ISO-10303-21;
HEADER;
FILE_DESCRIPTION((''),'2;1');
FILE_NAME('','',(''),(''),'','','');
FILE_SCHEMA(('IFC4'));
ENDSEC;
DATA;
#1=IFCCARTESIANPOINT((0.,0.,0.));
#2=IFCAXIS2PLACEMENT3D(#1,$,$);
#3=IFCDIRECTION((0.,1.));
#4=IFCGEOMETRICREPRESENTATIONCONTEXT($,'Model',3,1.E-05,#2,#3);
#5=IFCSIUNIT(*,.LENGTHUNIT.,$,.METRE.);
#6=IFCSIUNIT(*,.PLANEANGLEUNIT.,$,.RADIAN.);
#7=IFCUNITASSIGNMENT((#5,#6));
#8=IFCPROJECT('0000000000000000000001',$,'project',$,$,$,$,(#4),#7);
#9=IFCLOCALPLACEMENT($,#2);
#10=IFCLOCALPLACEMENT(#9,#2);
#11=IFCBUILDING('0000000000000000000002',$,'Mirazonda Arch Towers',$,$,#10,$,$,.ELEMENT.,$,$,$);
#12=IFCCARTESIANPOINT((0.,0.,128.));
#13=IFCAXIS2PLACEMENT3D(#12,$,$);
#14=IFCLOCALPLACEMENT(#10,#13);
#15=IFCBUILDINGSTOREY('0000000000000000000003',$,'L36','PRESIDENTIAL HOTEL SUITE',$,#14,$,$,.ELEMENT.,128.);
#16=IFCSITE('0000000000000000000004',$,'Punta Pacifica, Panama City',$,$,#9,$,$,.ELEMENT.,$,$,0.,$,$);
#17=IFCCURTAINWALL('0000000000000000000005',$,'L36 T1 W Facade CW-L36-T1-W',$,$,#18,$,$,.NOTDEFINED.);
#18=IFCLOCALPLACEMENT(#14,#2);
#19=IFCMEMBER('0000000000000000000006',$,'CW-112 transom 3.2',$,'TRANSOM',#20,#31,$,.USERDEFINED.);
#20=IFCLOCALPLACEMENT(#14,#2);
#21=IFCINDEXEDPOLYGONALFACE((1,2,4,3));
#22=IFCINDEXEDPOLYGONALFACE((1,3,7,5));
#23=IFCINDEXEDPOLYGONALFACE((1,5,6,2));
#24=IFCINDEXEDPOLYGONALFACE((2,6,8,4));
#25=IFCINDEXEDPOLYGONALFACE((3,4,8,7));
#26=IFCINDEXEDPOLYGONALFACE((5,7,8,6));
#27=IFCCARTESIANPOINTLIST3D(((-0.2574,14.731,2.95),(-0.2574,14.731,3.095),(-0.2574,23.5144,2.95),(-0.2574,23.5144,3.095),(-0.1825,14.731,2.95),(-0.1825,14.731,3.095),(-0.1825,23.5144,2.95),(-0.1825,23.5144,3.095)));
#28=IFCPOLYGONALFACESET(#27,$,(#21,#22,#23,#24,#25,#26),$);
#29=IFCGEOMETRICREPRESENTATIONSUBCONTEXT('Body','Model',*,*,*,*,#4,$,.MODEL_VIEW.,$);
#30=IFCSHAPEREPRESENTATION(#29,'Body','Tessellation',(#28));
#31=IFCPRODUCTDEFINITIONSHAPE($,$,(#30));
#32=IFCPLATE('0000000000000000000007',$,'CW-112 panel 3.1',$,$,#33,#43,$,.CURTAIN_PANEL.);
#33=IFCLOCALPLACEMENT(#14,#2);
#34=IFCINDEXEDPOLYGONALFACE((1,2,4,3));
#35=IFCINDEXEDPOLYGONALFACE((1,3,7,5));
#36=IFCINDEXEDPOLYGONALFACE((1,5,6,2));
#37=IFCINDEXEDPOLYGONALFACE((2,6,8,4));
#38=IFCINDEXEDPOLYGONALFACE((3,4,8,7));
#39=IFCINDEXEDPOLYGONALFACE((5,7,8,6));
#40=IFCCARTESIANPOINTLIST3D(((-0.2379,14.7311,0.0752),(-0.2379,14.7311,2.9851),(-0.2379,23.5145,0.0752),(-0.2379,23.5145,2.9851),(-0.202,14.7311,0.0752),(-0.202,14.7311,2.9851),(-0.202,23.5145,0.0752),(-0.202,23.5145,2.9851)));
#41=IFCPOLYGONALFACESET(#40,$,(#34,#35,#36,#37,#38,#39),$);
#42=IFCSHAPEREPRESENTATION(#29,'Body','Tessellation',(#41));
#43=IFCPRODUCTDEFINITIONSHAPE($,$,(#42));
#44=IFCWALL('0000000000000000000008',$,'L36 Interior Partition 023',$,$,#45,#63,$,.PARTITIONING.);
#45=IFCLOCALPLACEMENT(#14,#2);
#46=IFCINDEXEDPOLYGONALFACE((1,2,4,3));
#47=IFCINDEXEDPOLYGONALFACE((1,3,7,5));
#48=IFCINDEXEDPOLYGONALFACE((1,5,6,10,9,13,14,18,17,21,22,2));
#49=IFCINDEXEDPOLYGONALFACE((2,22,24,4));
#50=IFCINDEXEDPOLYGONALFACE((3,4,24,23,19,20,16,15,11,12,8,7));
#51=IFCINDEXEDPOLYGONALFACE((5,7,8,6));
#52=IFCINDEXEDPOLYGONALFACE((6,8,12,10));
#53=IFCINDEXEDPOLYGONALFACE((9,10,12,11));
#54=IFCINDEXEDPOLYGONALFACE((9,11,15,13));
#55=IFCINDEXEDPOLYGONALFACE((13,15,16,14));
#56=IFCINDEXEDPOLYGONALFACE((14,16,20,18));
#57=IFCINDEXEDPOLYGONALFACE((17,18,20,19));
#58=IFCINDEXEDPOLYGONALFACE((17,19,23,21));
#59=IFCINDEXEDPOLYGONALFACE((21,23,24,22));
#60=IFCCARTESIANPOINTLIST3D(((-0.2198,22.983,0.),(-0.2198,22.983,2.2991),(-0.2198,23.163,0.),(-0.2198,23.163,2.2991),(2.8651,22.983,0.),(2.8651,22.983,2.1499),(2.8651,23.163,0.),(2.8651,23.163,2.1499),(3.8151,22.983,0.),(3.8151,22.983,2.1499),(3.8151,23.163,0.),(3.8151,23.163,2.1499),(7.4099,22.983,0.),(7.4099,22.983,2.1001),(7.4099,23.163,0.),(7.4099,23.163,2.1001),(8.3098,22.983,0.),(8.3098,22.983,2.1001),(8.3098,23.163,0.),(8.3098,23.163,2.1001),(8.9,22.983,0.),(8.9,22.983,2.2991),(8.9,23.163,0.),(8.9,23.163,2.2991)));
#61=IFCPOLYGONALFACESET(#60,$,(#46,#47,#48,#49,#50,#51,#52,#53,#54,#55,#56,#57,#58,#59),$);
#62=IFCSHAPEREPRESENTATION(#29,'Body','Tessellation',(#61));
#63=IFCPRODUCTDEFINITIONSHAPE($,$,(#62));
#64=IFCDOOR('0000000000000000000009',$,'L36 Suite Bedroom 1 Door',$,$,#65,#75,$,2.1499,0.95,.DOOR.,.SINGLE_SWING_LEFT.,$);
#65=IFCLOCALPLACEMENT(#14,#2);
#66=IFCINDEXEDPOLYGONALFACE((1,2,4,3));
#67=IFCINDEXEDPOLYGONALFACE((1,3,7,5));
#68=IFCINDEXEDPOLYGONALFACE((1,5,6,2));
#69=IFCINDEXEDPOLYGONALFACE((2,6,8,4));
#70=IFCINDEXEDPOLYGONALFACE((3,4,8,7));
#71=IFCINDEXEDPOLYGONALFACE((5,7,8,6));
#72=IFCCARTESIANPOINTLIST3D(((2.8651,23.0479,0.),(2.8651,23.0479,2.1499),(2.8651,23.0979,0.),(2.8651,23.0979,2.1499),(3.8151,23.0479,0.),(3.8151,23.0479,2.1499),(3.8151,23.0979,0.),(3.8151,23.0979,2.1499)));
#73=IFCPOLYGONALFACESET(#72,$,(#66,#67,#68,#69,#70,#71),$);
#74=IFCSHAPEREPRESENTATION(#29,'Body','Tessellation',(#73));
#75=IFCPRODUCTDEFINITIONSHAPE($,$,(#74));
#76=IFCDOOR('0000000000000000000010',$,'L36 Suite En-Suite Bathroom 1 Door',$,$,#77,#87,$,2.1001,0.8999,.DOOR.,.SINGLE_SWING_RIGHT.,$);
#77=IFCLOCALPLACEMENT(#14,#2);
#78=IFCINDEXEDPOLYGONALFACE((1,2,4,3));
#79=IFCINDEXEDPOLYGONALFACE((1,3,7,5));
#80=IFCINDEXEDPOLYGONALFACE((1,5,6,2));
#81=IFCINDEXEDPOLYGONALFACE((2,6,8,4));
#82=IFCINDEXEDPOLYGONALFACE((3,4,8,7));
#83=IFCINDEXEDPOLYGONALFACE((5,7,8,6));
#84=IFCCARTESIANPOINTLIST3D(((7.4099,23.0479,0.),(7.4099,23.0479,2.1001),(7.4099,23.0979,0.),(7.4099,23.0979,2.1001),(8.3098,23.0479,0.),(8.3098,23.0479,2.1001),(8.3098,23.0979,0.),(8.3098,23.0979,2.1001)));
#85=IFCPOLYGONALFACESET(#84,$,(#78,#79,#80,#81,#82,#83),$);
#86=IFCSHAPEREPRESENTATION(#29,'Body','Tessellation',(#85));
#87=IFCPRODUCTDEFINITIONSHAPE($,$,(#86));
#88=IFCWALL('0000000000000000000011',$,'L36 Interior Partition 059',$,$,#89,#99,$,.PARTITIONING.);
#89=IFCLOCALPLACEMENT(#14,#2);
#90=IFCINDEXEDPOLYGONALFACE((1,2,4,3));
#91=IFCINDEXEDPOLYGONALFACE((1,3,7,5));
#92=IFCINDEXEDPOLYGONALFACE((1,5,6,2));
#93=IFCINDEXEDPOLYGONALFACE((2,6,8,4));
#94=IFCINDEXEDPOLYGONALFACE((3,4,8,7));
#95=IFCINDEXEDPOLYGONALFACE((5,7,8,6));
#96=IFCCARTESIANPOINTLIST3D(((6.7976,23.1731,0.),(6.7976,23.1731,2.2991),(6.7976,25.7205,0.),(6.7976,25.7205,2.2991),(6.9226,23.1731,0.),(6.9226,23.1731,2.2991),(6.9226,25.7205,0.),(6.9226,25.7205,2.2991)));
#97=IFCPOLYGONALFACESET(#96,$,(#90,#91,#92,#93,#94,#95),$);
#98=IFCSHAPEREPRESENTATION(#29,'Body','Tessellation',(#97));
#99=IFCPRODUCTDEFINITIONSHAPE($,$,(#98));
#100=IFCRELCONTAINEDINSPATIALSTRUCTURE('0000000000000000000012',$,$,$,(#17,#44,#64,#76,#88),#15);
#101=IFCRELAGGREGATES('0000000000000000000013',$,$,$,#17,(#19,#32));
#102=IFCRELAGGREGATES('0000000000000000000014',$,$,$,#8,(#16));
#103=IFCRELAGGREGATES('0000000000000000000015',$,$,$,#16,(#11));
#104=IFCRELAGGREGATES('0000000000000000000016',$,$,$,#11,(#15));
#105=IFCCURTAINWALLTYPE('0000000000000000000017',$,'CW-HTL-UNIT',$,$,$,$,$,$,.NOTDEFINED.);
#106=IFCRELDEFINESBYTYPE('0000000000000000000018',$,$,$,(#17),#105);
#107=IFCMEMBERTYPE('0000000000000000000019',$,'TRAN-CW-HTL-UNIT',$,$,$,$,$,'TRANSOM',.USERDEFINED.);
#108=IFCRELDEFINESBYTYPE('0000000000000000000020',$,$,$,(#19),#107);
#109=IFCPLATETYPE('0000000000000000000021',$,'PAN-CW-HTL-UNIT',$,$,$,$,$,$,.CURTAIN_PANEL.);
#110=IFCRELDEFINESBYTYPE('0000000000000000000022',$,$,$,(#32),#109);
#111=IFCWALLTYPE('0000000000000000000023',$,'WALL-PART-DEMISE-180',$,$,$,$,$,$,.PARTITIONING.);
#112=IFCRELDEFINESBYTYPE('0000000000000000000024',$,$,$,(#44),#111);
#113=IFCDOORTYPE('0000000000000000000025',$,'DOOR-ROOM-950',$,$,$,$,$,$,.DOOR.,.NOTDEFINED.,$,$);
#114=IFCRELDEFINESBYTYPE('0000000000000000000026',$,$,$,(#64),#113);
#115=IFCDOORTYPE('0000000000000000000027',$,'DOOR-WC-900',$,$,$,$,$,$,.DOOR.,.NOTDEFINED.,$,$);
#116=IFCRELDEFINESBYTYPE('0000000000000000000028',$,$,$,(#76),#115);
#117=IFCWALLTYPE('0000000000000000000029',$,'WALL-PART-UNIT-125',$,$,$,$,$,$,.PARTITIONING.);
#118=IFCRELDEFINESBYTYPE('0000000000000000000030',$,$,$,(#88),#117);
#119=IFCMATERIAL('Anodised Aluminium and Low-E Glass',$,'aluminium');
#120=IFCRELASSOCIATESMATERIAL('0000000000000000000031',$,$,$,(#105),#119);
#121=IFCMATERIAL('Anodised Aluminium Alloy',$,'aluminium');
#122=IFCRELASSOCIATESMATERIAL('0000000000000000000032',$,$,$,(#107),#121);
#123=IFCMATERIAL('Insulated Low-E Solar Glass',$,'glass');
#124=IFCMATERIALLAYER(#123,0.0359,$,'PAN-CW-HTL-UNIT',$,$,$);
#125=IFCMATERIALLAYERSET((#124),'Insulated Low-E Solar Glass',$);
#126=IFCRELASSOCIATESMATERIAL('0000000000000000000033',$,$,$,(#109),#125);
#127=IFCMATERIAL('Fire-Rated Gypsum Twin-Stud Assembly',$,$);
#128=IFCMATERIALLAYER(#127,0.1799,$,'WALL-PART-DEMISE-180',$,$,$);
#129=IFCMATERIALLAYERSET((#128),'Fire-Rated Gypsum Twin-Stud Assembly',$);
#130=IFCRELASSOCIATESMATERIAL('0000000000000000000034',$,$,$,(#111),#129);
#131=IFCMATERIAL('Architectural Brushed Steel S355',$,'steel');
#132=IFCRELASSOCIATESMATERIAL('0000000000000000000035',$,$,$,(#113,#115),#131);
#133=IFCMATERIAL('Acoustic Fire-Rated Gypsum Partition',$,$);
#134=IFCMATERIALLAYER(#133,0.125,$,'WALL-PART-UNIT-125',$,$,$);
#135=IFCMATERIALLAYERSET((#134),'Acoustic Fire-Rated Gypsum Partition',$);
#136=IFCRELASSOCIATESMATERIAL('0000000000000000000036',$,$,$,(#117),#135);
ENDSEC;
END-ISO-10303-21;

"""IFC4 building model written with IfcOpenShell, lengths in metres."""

from ifc_helpers import new_model, si_unit, direction, frame, frame_2d, origin, origin_2d, place, context, subcontext, project, spatial, rectangle, extrude, material, layer, layer_set, material_profile, profile_set, type_object, element, fill, aggregate, save


model = new_model("IFC4")

# Units and contexts
model_context = context("Model", 3, precision=1e-05, world=origin(), true_north=direction((0.0, 1.0)))
body_context = subcontext(model_context, "Body", "Model", "MODEL_VIEW")
ifc_project = project(units=[si_unit("LENGTHUNIT", "METRE"), si_unit("PLANEANGLEUNIT", "RADIAN")], contexts=[model_context])

# Site, building, storey
site_placement = place(None, origin())
site = spatial("IfcSite", under=ifc_project, at=site_placement, Name="Punta Pacifica, Panama City", CompositionType="ELEMENT", RefElevation=0.0)
building_placement = place(site_placement, origin())
building = spatial("IfcBuilding", under=site, at=building_placement, Name="Mirazonda Arch Towers", CompositionType="ELEMENT")
storey_placement = place(building_placement, frame((0.0, 0.0, 128.0)))
storey = spatial("IfcBuildingStorey", under=building, at=storey_placement, Name="L36", Description="PRESIDENTIAL HOTEL SUITE", CompositionType="ELEMENT", Elevation=128.0)

# Curtain wall, member, plate
ifc_material_1 = material(Name="Anodised Aluminium and Low-E Glass", Category="aluminium")
curtain_wall_type = type_object("IfcCurtainWallType", Name="CW-HTL-UNIT", PredefinedType="NOTDEFINED", material=ifc_material_1)
curtain_wall_placement = place(storey_placement, origin())
curtain_wall = element("IfcCurtainWall", 1, at=curtain_wall_placement, inside=storey, type_object=curtain_wall_type, Name="L36 T1 W Facade CW-L36-T1-W", PredefinedType="NOTDEFINED")
ifc_material_2 = material(Name="Anodised Aluminium Alloy", Category="aluminium")
ifc_material_profile_1 = material_profile(ifc_material_2, rectangle(XDim=0.075, YDim=0.145, at=origin_2d()), Name="ALU-TRAN-75x145")
ifc_profile_set_1 = profile_set([ifc_material_profile_1], Name="Anodised Aluminium Alloy")
member_type_1 = type_object("IfcMemberType", Name="TRAN-CW-HTL-UNIT", ElementType="TRANSOM", PredefinedType="USERDEFINED", material=ifc_profile_set_1)
member_1_placement = place(storey_placement, frame((-0.22, 23.5144, 3.0225), z_axis=(0.0, -1.0, 0.0), x_axis=(1.0, 0.0, 0.0)))
member_1 = element("IfcMember", 2, at=member_1_placement, type_object=member_type_1, Name="CW-112 transom 3.2", ObjectType="TRANSOM", PredefinedType="USERDEFINED", context=body_context, shape_type="SweptSolid", body=[
    extrude(rectangle(XDim=0.075, YDim=0.145, at=origin_2d()), origin(), (0.0, 0.0, 1.0), 8.7834),
])
ifc_material_3 = material(Name="Insulated Low-E Solar Glass", Category="glass")
ifc_layer_1 = layer(ifc_material_3, 0.0359, Name="PAN-CW-HTL-UNIT")
ifc_layer_set_1 = layer_set([ifc_layer_1], Name="Insulated Low-E Solar Glass")
plate_type = type_object("IfcPlateType", Name="PAN-CW-HTL-UNIT", PredefinedType="CURTAIN_PANEL", material=ifc_layer_set_1)
plate_placement = place(storey_placement, frame((-0.22, 19.1228, 0.0752), z_axis=(0.0, 0.0, 1.0), x_axis=(0.0, -1.0, 0.0)))
plate = element("IfcPlate", 3, at=plate_placement, type_object=plate_type, Name="CW-112 panel 3.1", PredefinedType="CURTAIN_PANEL", context=body_context, shape_type="SweptSolid", body=[
    extrude(rectangle(XDim=8.7834, YDim=0.0359, at=origin_2d()), origin(), (0.0, 0.0, 1.0), 2.9099),
])
aggregate(curtain_wall, [member_1, plate])

# Wall, openings, doors
ifc_material_4 = material(Name="Fire-Rated Gypsum Twin-Stud Assembly")
ifc_layer_2 = layer(ifc_material_4, 0.1799, Name="WALL-PART-DEMISE-180")
ifc_layer_set_2 = layer_set([ifc_layer_2], Name="Fire-Rated Gypsum Twin-Stud Assembly")
wall_type_1 = type_object("IfcWallType", Name="WALL-PART-DEMISE-180", PredefinedType="PARTITIONING", material=ifc_layer_set_2)
wall_1_placement = place(storey_placement, frame((-0.22, 23.073, 0.0), z_axis=(0.0, 0.0, 1.0), x_axis=(1.0, 0.0, 0.0)))
wall_1 = element("IfcWall", 4, at=wall_1_placement, inside=storey, type_object=wall_type_1, Name="L36 Interior Partition 023", PredefinedType="PARTITIONING", context=body_context, shape_type="SweptSolid", body=[
    extrude(rectangle(XDim=9.1199, YDim=0.1799, at=frame_2d((4.5601, 0.0))), origin(), (0.0, 0.0, 1.0), 2.2991),
])
opening_1_placement = place(wall_1_placement, frame((3.085, 0.0, 0.0)))
opening_1 = element("IfcOpeningElement", 5, at=opening_1_placement, cuts=wall_1, PredefinedType="OPENING", context=body_context, shape_type="SweptSolid", body=[
    extrude(rectangle(XDim=0.95, YDim=2.1499, at=frame_2d((0.4751, 1.075))), frame((0.0, 0.0999, 0.0), z_axis=(0.0, -1.0, 0.0), x_axis=(1.0, 0.0, 0.0)), (0.0, 0.0, 1.0), 0.2),
])
opening_2_placement = place(wall_1_placement, frame((7.6299, 0.0, 0.0)))
opening_2 = element("IfcOpeningElement", 6, at=opening_2_placement, cuts=wall_1, PredefinedType="OPENING", context=body_context, shape_type="SweptSolid", body=[
    extrude(rectangle(XDim=0.8999, YDim=2.1001, at=frame_2d((0.45, 1.05))), frame((0.0, 0.0999, 0.0), z_axis=(0.0, -1.0, 0.0), x_axis=(1.0, 0.0, 0.0)), (0.0, 0.0, 1.0), 0.2),
])
ifc_material_5 = material(Name="Architectural Brushed Steel S355", Category="steel")
door_type_1 = type_object("IfcDoorType", Name="DOOR-ROOM-950", OperationType="NOTDEFINED", PredefinedType="DOOR", material=ifc_material_5)
door_1_placement = place(opening_1_placement, origin())
door_1 = element("IfcDoor", 7, at=door_1_placement, inside=storey, type_object=door_type_1, Name="L36 Suite Bedroom 1 Door", OperationType="SINGLE_SWING_LEFT", OverallHeight=2.1499, OverallWidth=0.95, PredefinedType="DOOR", context=body_context, shape_type="SweptSolid", body=[
    extrude(rectangle(XDim=0.95, YDim=2.1499, at=frame_2d((0.4751, 1.075))), frame((0.0, 0.0249, 0.0), z_axis=(0.0, -1.0, 0.0), x_axis=(1.0, 0.0, 0.0)), (0.0, 0.0, 1.0), 0.05),
])
fill(opening_1, door_1)
door_type_2 = type_object("IfcDoorType", Name="DOOR-WC-900", OperationType="NOTDEFINED", PredefinedType="DOOR", material=ifc_material_5)
door_2_placement = place(opening_2_placement, origin())
door_2 = element("IfcDoor", 8, at=door_2_placement, inside=storey, type_object=door_type_2, Name="L36 Suite En-Suite Bathroom 1 Door", OperationType="SINGLE_SWING_RIGHT", OverallHeight=2.1001, OverallWidth=0.8999, PredefinedType="DOOR", context=body_context, shape_type="SweptSolid", body=[
    extrude(rectangle(XDim=0.8999, YDim=2.1001, at=frame_2d((0.45, 1.05))), frame((0.0, 0.0249, 0.0), z_axis=(0.0, -1.0, 0.0), x_axis=(1.0, 0.0, 0.0)), (0.0, 0.0, 1.0), 0.05),
])
fill(opening_2, door_2)

# Wall
ifc_material_6 = material(Name="Acoustic Fire-Rated Gypsum Partition")
ifc_layer_3 = layer(ifc_material_6, 0.125, Name="WALL-PART-UNIT-125")
ifc_layer_set_3 = layer_set([ifc_layer_3], Name="Acoustic Fire-Rated Gypsum Partition")
wall_type_2 = type_object("IfcWallType", Name="WALL-PART-UNIT-125", PredefinedType="PARTITIONING", material=ifc_layer_set_3)
wall_2_placement = place(storey_placement, frame((6.8601, 23.1731, 0.0), z_axis=(0.0, 0.0, 1.0), x_axis=(0.0, 1.0, 0.0)))
element("IfcWall", 9, at=wall_2_placement, inside=storey, type_object=wall_type_2, Name="L36 Interior Partition 059", PredefinedType="PARTITIONING", context=body_context, shape_type="SweptSolid", body=[
    extrude(rectangle(XDim=2.5474, YDim=0.125, at=frame_2d((1.2737, 0.0))), origin(), (0.0, 0.0, 1.0), 2.2991),
])

save(model, "model.ifc")
